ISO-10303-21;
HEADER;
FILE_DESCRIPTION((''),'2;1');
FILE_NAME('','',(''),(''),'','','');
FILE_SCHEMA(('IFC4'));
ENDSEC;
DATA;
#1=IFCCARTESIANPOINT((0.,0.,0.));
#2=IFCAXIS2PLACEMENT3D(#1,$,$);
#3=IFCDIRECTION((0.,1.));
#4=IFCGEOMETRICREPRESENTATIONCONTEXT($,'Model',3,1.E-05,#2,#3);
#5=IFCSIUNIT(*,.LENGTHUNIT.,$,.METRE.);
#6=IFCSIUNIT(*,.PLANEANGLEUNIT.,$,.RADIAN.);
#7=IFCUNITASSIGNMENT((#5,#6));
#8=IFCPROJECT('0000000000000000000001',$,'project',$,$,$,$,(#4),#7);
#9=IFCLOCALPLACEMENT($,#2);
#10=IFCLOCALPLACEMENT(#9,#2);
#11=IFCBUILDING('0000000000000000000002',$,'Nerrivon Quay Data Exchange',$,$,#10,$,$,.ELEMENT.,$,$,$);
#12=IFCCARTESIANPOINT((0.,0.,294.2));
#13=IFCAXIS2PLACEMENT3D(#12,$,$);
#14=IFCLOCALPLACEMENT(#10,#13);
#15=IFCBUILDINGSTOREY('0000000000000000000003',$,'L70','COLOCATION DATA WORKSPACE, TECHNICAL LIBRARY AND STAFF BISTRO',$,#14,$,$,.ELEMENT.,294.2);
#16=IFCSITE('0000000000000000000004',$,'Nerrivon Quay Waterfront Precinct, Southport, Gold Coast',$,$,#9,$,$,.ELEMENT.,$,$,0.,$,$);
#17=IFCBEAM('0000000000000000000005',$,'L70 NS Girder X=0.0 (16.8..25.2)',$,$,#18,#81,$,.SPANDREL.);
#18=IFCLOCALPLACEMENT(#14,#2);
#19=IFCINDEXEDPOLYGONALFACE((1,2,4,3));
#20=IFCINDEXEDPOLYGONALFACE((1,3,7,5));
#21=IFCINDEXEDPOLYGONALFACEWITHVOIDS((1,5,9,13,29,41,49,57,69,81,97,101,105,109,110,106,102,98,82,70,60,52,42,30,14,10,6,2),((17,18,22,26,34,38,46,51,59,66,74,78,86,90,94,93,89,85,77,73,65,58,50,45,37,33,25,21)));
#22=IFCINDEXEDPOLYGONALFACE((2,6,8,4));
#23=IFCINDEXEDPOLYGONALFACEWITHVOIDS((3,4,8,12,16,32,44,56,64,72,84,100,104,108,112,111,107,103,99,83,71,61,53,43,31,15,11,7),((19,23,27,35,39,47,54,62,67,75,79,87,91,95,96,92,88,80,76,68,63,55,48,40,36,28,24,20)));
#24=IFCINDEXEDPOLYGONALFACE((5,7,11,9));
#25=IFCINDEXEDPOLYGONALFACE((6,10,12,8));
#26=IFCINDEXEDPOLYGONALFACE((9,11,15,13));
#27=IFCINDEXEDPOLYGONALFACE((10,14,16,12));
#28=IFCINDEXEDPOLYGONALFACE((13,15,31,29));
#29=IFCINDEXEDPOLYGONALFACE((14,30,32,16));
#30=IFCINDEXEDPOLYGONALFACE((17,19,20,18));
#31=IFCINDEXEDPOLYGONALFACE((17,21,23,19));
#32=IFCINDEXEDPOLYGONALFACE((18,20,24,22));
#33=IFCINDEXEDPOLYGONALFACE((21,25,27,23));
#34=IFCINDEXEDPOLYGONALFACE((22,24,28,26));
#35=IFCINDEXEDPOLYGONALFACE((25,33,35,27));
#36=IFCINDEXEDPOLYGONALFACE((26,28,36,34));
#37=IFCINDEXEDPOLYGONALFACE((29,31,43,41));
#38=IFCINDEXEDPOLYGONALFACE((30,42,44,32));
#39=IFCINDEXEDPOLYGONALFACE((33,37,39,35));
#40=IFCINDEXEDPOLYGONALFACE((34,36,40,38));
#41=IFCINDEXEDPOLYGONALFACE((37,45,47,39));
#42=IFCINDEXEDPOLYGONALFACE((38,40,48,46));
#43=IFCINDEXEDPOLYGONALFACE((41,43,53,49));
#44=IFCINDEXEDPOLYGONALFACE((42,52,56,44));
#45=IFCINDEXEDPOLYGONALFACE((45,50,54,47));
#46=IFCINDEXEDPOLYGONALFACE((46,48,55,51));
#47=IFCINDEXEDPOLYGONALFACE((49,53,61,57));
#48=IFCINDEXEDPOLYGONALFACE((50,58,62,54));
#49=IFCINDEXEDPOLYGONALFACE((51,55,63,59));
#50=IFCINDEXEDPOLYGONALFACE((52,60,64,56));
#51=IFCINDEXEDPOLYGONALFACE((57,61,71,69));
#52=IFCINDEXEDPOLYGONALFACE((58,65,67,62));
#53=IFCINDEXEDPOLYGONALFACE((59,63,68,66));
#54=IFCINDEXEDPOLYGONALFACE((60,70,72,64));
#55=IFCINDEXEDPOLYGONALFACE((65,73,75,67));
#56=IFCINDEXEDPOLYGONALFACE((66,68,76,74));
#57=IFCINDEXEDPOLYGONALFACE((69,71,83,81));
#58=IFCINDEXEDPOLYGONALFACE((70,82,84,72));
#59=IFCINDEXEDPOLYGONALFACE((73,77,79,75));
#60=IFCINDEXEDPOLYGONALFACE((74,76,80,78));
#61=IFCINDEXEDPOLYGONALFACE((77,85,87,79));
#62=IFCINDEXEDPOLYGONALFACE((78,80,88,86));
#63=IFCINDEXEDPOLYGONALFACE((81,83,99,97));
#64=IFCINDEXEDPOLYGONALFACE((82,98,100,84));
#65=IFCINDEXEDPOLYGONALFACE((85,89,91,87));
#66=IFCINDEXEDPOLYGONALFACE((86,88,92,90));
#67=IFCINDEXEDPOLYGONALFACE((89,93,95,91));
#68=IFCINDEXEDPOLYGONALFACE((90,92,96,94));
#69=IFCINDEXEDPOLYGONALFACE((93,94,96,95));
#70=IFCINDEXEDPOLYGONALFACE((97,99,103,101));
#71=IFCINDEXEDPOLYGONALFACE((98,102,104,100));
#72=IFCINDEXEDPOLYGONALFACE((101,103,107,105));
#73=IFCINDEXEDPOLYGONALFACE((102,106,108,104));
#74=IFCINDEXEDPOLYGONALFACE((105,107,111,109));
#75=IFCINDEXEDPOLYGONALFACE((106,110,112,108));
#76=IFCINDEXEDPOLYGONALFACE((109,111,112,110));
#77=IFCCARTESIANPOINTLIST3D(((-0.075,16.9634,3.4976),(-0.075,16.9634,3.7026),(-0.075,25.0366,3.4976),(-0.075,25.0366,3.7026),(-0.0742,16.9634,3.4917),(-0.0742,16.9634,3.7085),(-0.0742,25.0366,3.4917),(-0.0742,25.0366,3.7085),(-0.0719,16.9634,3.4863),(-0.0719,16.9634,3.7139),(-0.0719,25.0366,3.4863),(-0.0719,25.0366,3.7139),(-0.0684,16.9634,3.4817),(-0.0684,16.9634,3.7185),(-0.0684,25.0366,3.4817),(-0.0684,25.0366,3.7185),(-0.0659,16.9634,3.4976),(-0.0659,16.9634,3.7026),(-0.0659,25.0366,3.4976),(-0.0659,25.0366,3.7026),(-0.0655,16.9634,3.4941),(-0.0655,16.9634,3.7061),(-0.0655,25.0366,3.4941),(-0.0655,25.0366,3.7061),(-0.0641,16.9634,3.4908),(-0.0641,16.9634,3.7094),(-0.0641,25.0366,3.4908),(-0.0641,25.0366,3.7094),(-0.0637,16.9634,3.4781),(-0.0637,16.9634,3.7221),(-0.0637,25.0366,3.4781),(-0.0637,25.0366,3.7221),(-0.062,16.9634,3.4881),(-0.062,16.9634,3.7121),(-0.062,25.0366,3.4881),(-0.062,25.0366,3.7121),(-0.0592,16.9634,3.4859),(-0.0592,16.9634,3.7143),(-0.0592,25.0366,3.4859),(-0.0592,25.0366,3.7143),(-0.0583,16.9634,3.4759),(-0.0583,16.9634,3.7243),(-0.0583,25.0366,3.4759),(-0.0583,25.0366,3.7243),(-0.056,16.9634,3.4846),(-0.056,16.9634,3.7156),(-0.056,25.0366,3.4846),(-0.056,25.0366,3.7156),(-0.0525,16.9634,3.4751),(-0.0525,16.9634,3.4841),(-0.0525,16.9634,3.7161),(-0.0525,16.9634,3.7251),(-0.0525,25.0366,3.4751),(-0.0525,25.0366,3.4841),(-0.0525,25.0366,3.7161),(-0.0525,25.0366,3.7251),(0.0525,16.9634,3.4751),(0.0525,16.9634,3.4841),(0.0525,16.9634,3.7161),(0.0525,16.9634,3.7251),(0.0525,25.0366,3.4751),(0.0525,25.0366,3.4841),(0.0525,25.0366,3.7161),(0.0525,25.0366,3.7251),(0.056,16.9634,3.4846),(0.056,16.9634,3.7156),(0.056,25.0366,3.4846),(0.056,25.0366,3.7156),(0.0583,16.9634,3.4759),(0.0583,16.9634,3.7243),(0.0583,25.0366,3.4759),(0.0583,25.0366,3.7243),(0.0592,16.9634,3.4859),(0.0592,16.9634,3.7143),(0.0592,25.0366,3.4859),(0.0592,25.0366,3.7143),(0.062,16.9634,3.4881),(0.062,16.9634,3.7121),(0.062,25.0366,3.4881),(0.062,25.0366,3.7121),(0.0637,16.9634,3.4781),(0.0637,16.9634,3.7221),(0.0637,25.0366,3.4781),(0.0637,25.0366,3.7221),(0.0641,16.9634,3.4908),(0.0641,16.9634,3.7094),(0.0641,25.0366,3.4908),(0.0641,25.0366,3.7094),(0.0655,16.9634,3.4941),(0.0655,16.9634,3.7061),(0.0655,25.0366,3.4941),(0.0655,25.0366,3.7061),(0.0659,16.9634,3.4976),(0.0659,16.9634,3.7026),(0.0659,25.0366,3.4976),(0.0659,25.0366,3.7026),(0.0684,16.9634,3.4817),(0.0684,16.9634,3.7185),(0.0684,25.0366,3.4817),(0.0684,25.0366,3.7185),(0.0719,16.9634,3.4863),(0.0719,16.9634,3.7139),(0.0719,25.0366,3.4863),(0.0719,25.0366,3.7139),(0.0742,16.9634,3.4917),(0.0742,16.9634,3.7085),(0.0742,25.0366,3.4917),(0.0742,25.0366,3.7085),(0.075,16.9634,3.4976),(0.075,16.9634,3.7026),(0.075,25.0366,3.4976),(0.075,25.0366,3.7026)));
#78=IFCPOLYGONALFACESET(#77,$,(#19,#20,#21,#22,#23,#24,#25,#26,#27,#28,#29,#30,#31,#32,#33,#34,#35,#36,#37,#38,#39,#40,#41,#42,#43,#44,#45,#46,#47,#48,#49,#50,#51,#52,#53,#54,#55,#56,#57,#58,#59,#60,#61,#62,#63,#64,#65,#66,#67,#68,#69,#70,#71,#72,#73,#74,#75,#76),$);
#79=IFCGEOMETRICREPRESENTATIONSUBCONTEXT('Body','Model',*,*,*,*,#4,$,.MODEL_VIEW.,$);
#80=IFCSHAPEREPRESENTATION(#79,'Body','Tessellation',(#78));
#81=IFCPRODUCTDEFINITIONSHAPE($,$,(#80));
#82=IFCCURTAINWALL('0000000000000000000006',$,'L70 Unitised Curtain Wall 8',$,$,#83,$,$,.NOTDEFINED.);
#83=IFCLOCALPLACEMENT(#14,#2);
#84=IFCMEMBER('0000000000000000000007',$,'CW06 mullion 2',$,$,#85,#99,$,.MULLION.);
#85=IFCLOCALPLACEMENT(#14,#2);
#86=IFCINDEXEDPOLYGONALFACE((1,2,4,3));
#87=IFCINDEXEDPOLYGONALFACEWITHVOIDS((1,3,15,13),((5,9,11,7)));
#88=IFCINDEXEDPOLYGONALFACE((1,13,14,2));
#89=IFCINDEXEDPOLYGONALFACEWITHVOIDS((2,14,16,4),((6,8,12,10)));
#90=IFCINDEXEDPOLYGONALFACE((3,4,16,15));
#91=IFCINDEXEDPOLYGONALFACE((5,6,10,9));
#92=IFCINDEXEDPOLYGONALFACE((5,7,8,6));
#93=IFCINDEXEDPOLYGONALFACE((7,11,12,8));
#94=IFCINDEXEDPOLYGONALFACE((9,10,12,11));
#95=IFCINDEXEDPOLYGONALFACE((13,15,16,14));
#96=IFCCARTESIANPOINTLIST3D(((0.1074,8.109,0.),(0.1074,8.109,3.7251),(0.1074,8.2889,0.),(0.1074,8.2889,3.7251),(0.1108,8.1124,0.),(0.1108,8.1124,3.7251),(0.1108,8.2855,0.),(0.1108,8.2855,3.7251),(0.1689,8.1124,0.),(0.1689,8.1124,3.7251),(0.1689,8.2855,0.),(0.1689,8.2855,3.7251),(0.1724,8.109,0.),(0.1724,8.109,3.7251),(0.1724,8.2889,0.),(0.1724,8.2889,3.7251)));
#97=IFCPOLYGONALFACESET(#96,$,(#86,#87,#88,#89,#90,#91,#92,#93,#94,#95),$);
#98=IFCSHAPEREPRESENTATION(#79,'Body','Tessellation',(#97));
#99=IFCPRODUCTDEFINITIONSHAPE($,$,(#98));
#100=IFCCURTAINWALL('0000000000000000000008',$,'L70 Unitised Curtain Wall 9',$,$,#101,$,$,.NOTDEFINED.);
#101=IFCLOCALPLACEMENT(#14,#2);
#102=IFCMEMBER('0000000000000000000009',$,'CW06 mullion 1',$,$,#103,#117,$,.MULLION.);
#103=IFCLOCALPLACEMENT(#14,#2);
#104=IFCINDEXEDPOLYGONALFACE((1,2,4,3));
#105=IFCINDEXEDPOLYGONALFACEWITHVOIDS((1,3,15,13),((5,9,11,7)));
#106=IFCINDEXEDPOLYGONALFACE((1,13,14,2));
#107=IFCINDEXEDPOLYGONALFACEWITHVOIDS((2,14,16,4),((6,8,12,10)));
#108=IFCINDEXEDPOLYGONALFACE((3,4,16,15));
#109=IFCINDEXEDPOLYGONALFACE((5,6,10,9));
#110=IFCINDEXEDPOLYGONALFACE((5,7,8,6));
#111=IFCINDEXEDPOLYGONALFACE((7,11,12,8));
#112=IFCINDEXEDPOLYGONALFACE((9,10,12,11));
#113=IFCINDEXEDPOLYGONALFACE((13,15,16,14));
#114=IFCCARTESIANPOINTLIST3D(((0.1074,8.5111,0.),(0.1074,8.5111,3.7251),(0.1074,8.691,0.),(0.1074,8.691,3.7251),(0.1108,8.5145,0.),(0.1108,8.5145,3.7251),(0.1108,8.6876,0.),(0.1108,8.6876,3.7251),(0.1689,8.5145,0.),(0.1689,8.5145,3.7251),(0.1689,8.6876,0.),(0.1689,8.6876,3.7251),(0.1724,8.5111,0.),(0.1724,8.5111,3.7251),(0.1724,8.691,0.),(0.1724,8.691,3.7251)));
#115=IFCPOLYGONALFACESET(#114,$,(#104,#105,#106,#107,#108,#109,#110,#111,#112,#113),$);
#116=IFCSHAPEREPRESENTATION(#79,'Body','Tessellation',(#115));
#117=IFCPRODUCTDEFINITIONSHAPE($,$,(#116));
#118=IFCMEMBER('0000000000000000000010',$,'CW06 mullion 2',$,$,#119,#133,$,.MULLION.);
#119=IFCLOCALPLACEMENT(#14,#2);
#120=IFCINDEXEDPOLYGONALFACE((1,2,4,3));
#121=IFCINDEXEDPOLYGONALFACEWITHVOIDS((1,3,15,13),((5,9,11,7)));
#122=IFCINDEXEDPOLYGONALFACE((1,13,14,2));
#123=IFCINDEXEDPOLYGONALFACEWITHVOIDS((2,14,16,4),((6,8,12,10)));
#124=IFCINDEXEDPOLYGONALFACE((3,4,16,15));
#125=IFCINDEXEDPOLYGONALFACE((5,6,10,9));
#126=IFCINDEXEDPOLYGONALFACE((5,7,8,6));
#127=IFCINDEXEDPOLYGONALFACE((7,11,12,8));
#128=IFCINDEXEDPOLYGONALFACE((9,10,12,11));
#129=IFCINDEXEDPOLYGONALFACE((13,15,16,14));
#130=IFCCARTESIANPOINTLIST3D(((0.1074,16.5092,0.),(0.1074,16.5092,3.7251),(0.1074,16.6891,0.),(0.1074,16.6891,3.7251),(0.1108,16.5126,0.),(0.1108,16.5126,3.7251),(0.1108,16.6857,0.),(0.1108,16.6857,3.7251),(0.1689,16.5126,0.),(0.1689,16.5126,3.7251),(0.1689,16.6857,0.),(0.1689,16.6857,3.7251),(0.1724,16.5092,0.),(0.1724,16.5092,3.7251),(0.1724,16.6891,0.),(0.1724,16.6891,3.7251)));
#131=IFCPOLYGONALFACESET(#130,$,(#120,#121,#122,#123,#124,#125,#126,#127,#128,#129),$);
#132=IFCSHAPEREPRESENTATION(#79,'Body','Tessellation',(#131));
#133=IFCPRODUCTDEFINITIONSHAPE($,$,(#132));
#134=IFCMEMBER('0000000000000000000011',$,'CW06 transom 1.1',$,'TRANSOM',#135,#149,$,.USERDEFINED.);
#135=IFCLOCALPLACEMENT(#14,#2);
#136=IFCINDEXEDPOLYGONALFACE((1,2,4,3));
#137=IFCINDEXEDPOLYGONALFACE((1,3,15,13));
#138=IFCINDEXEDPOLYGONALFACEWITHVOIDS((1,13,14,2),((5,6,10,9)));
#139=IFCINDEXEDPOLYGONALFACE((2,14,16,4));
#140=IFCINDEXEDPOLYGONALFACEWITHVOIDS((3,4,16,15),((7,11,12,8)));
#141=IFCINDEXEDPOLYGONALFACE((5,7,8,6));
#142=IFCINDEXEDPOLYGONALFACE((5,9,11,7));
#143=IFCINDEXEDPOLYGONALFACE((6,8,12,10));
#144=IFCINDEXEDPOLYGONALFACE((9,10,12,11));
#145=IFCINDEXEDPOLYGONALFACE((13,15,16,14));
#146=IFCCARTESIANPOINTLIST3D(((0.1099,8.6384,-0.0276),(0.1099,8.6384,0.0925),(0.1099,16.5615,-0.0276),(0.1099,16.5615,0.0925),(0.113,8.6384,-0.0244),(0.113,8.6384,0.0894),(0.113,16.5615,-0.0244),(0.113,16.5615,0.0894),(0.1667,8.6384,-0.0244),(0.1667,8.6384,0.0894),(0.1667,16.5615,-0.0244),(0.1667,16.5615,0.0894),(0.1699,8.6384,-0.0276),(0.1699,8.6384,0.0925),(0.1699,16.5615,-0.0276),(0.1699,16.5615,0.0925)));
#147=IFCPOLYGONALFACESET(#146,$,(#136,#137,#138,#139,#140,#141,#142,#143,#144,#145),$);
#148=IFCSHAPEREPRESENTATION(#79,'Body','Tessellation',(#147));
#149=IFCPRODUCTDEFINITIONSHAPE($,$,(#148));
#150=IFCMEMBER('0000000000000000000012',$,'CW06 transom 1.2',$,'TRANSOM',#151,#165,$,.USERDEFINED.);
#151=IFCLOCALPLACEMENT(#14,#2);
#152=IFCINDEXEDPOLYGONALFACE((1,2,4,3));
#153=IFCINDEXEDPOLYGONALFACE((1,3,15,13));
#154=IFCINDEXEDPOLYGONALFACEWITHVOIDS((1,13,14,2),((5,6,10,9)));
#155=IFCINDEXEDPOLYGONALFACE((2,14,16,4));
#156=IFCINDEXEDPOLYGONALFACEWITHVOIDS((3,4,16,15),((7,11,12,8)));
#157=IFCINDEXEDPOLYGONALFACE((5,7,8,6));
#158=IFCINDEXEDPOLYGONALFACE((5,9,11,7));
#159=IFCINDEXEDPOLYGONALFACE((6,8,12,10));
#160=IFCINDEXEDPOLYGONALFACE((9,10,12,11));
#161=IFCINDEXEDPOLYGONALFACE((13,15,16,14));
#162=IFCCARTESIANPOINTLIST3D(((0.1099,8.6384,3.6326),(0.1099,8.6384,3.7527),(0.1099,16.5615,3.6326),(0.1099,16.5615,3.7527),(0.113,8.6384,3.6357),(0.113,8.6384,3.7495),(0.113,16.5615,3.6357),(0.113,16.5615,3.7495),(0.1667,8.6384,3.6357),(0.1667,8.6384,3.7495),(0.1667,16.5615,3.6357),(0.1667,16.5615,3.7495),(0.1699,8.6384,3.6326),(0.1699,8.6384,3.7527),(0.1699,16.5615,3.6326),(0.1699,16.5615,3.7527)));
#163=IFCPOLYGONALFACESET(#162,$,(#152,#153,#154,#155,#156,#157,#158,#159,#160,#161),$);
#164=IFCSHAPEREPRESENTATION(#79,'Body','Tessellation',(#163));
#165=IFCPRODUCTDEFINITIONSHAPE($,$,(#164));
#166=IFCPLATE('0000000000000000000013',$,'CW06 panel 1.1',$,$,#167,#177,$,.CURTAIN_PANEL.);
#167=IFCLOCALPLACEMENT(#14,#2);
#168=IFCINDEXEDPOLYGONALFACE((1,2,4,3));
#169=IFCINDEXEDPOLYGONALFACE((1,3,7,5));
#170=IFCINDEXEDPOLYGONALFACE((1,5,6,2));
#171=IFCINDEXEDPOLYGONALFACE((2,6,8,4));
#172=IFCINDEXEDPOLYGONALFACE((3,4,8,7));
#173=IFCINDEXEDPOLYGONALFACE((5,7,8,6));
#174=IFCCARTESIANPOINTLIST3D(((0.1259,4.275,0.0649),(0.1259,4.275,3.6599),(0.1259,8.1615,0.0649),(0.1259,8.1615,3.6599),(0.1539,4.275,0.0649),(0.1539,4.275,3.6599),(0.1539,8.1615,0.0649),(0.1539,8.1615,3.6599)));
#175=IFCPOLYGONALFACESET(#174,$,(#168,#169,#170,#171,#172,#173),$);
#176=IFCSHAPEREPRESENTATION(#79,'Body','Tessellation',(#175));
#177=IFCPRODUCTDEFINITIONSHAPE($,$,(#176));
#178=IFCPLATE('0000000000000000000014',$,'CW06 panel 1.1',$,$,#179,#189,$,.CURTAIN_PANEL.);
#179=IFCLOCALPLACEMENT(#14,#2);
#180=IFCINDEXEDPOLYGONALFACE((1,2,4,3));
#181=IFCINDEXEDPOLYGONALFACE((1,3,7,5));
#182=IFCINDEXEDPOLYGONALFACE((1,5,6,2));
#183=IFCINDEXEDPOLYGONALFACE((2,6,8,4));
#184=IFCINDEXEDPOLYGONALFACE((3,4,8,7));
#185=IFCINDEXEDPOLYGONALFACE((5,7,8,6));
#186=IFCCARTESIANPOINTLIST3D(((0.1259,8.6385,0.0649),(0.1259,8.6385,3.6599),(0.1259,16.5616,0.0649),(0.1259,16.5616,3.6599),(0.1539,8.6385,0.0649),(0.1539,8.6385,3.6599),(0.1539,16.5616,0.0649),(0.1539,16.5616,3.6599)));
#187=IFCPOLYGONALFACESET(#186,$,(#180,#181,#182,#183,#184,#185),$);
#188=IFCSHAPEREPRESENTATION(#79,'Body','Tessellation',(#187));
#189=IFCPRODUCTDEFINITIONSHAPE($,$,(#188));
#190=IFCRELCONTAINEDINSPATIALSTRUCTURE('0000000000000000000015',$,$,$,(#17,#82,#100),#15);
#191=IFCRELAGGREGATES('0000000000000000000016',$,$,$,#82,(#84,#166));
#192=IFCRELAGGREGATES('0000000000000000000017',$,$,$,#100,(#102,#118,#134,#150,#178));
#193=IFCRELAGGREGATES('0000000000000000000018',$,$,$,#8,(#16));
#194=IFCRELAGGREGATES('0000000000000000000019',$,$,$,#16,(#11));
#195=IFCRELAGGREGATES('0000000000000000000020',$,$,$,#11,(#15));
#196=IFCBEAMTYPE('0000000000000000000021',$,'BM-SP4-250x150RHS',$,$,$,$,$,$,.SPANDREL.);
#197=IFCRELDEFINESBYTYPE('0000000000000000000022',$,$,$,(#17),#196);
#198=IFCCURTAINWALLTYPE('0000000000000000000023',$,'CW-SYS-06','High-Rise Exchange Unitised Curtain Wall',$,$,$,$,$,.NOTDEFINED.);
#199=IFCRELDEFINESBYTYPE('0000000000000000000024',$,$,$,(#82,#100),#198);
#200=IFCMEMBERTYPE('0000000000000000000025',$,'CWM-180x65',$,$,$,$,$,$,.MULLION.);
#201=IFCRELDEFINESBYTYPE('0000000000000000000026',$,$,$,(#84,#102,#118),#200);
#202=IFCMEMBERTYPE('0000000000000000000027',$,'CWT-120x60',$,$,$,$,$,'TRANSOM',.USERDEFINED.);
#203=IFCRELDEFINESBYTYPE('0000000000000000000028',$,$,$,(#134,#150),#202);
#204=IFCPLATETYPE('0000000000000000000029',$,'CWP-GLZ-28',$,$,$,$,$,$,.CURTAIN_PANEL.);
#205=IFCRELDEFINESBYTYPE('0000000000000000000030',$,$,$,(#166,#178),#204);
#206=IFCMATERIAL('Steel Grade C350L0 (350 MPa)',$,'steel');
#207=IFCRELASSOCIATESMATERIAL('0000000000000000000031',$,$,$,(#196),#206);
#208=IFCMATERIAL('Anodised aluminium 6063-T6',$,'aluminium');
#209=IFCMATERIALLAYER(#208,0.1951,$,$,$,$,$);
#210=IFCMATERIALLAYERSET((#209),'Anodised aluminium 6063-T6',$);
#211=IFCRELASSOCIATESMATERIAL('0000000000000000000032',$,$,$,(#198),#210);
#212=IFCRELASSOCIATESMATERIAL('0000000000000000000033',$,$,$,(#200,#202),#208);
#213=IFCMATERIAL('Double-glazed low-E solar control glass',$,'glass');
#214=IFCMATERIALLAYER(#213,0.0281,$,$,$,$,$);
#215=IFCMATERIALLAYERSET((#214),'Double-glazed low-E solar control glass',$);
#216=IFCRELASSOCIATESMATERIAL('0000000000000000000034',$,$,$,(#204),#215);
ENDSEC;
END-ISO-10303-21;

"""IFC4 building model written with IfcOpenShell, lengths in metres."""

from ifc_helpers import new_model, si_unit, direction, frame, origin, origin_2d, place, context, subcontext, project, spatial, rectangle, hollow_rectangle, extrude, material, layer, layer_set, material_profile, profile_set, type_object, element, aggregate, save


model = new_model("IFC4")

# Units and contexts
model_context = context("Model", 3, precision=1e-05, world=origin(), true_north=direction((0.0, 1.0)))
body_context = subcontext(model_context, "Body", "Model", "MODEL_VIEW")
ifc_project = project(units=[si_unit("LENGTHUNIT", "METRE"), si_unit("PLANEANGLEUNIT", "RADIAN")], contexts=[model_context])

# Site, building, storey
site_placement = place(None, origin())
site = spatial("IfcSite", under=ifc_project, at=site_placement, Name="Nerrivon Quay Waterfront Precinct, Southport, Gold Coast", CompositionType="ELEMENT", RefElevation=0.0)
building_placement = place(site_placement, origin())
building = spatial("IfcBuilding", under=site, at=building_placement, Name="Nerrivon Quay Data Exchange", CompositionType="ELEMENT")
storey_placement = place(building_placement, frame((0.0, 0.0, 294.2)))
storey = spatial("IfcBuildingStorey", under=building, at=storey_placement, Name="L70", Description="COLOCATION DATA WORKSPACE, TECHNICAL LIBRARY AND STAFF BISTRO", CompositionType="ELEMENT", Elevation=294.2)

# Beam
ifc_material_1 = material(Name="Steel Grade C350L0 (350 MPa)", Category="steel")
ifc_material_profile_1 = material_profile(ifc_material_1, hollow_rectangle(XDim=0.1499, YDim=0.25, WallThickness=0.009, InnerFilletRadius=0.0134, OuterFilletRadius=0.0225, at=origin_2d()), Name="250x150x9.0RHS")
ifc_profile_set_1 = profile_set([ifc_material_profile_1], Name="Steel Grade C350L0 (350 MPa)")
beam_type_1 = type_object("IfcBeamType", Name="BM-SP4-250x150RHS", PredefinedType="SPANDREL", material=ifc_profile_set_1)
beam_1_placement = place(storey_placement, frame((0.0, 16.9634, 3.6001), z_axis=(0.0, 1.0, 0.0), x_axis=(-1.0, 0.0, 0.0)))
element("IfcBeam", 1, at=beam_1_placement, inside=storey, type_object=beam_type_1, Name="L70 NS Girder X=0.0 (16.8..25.2)", PredefinedType="SPANDREL", context=body_context, shape_type="SweptSolid", body=[
    extrude(hollow_rectangle(XDim=0.1499, YDim=0.25, WallThickness=0.009, InnerFilletRadius=0.0134, OuterFilletRadius=0.0225, at=origin_2d()), origin(), (0.0, 0.0, 1.0), 8.0732),
])

# Curtain wall, member
ifc_material_2 = material(Name="Anodised aluminium 6063-T6", Category="aluminium")
ifc_layer_1 = layer(ifc_material_2, 0.1951)
ifc_layer_set_1 = layer_set([ifc_layer_1], Name="Anodised aluminium 6063-T6")
curtain_wall_type = type_object("IfcCurtainWallType", Name="CW-SYS-06", Description="High-Rise Exchange Unitised Curtain Wall", PredefinedType="NOTDEFINED", material=ifc_layer_set_1)
curtain_wall_1_placement = place(storey_placement, origin())
curtain_wall_1 = element("IfcCurtainWall", 2, at=curtain_wall_1_placement, inside=storey, type_object=curtain_wall_type, Name="L70 Unitised Curtain Wall 8", PredefinedType="NOTDEFINED")
ifc_material_profile_2 = material_profile(ifc_material_2, hollow_rectangle(XDim=0.0649, YDim=0.1799, WallThickness=0.0034, at=origin_2d()), Name="ALU-MULL-180x65")
ifc_profile_set_2 = profile_set([ifc_material_profile_2], Name="Anodised aluminium 6063-T6")
member_type_1 = type_object("IfcMemberType", Name="CWM-180x65", PredefinedType="MULLION", material=ifc_profile_set_2)
member_1_placement = place(storey_placement, frame((0.1399, 8.199, 0.0), z_axis=(0.0, 0.0, 1.0), x_axis=(-1.0, 0.0, 0.0)))
member_1 = element("IfcMember", 3, at=member_1_placement, type_object=member_type_1, Name="CW06 mullion 2", PredefinedType="MULLION", context=body_context, shape_type="SweptSolid", body=[
    extrude(hollow_rectangle(XDim=0.0649, YDim=0.1799, WallThickness=0.0034, at=origin_2d()), origin(), (0.0, 0.0, 1.0), 3.7251),
])

# Curtain wall, members
curtain_wall_2_placement = place(storey_placement, origin())
curtain_wall_2 = element("IfcCurtainWall", 4, at=curtain_wall_2_placement, inside=storey, type_object=curtain_wall_type, Name="L70 Unitised Curtain Wall 9", PredefinedType="NOTDEFINED")
member_2_placement = place(storey_placement, frame((0.1399, 8.6011, 0.0), z_axis=(0.0, 0.0, 1.0), x_axis=(-1.0, 0.0, 0.0)))
member_2 = element("IfcMember", 5, at=member_2_placement, type_object=member_type_1, Name="CW06 mullion 1", PredefinedType="MULLION", context=body_context, shape_type="SweptSolid", body=[
    extrude(hollow_rectangle(XDim=0.0649, YDim=0.1799, WallThickness=0.0034, at=origin_2d()), origin(), (0.0, 0.0, 1.0), 3.7251),
])
member_3_placement = place(storey_placement, frame((0.1399, 16.5991, 0.0), z_axis=(0.0, 0.0, 1.0), x_axis=(-1.0, 0.0, 0.0)))
member_3 = element("IfcMember", 6, at=member_3_placement, type_object=member_type_1, Name="CW06 mullion 2", PredefinedType="MULLION", context=body_context, shape_type="SweptSolid", body=[
    extrude(hollow_rectangle(XDim=0.0649, YDim=0.1799, WallThickness=0.0034, at=origin_2d()), origin(), (0.0, 0.0, 1.0), 3.7251),
])
ifc_material_profile_3 = material_profile(ifc_material_2, hollow_rectangle(XDim=0.0601, YDim=0.1201, WallThickness=0.0032, at=origin_2d()), Name="ALU-TRAN-120x60")
ifc_profile_set_3 = profile_set([ifc_material_profile_3], Name="Anodised aluminium 6063-T6")
member_type_2 = type_object("IfcMemberType", Name="CWT-120x60", ElementType="TRANSOM", PredefinedType="USERDEFINED", material=ifc_profile_set_3)
member_4_placement = place(storey_placement, frame((0.1399, 8.6384, 0.0325), z_axis=(0.0, 1.0, 0.0), x_axis=(-1.0, 0.0, 0.0)))
member_4 = element("IfcMember", 7, at=member_4_placement, type_object=member_type_2, Name="CW06 transom 1.1", ObjectType="TRANSOM", PredefinedType="USERDEFINED", context=body_context, shape_type="SweptSolid", body=[
    extrude(hollow_rectangle(XDim=0.0601, YDim=0.1201, WallThickness=0.0032, at=origin_2d()), origin(), (0.0, 0.0, 1.0), 7.9231),
])
member_5_placement = place(storey_placement, frame((0.1399, 8.6384, 3.6926), z_axis=(0.0, 1.0, 0.0), x_axis=(-1.0, 0.0, 0.0)))
member_5 = element("IfcMember", 8, at=member_5_placement, type_object=member_type_2, Name="CW06 transom 1.2", ObjectType="TRANSOM", PredefinedType="USERDEFINED", context=body_context, shape_type="SweptSolid", body=[
    extrude(hollow_rectangle(XDim=0.0601, YDim=0.1201, WallThickness=0.0032, at=origin_2d()), origin(), (0.0, 0.0, 1.0), 7.9231),
])

# Plates
ifc_material_3 = material(Name="Double-glazed low-E solar control glass", Category="glass")
ifc_layer_2 = layer(ifc_material_3, 0.0281)
ifc_layer_set_2 = layer_set([ifc_layer_2], Name="Double-glazed low-E solar control glass")
plate_type = type_object("IfcPlateType", Name="CWP-GLZ-28", PredefinedType="CURTAIN_PANEL", material=ifc_layer_set_2)
plate_1_placement = place(storey_placement, frame((0.1399, 6.2183, 0.0649), z_axis=(0.0, 0.0, 1.0), x_axis=(0.0, 1.0, 0.0)))
plate_1 = element("IfcPlate", 9, at=plate_1_placement, type_object=plate_type, Name="CW06 panel 1.1", PredefinedType="CURTAIN_PANEL", context=body_context, shape_type="SweptSolid", body=[
    extrude(rectangle(XDim=3.8865, YDim=0.0281, at=origin_2d()), origin(), (0.0, 0.0, 1.0), 3.595),
])
aggregate(curtain_wall_1, [member_1, plate_1])
plate_2_placement = place(storey_placement, frame((0.1399, 12.6001, 0.0649), z_axis=(0.0, 0.0, 1.0), x_axis=(0.0, 1.0, 0.0)))
plate_2 = element("IfcPlate", 10, at=plate_2_placement, type_object=plate_type, Name="CW06 panel 1.1", PredefinedType="CURTAIN_PANEL", context=body_context, shape_type="SweptSolid", body=[
    extrude(rectangle(XDim=7.9231, YDim=0.0281, at=origin_2d()), origin(), (0.0, 0.0, 1.0), 3.595),
])
aggregate(curtain_wall_2, [member_2, member_3, member_4, member_5, plate_2])

save(model, "model.ifc")
